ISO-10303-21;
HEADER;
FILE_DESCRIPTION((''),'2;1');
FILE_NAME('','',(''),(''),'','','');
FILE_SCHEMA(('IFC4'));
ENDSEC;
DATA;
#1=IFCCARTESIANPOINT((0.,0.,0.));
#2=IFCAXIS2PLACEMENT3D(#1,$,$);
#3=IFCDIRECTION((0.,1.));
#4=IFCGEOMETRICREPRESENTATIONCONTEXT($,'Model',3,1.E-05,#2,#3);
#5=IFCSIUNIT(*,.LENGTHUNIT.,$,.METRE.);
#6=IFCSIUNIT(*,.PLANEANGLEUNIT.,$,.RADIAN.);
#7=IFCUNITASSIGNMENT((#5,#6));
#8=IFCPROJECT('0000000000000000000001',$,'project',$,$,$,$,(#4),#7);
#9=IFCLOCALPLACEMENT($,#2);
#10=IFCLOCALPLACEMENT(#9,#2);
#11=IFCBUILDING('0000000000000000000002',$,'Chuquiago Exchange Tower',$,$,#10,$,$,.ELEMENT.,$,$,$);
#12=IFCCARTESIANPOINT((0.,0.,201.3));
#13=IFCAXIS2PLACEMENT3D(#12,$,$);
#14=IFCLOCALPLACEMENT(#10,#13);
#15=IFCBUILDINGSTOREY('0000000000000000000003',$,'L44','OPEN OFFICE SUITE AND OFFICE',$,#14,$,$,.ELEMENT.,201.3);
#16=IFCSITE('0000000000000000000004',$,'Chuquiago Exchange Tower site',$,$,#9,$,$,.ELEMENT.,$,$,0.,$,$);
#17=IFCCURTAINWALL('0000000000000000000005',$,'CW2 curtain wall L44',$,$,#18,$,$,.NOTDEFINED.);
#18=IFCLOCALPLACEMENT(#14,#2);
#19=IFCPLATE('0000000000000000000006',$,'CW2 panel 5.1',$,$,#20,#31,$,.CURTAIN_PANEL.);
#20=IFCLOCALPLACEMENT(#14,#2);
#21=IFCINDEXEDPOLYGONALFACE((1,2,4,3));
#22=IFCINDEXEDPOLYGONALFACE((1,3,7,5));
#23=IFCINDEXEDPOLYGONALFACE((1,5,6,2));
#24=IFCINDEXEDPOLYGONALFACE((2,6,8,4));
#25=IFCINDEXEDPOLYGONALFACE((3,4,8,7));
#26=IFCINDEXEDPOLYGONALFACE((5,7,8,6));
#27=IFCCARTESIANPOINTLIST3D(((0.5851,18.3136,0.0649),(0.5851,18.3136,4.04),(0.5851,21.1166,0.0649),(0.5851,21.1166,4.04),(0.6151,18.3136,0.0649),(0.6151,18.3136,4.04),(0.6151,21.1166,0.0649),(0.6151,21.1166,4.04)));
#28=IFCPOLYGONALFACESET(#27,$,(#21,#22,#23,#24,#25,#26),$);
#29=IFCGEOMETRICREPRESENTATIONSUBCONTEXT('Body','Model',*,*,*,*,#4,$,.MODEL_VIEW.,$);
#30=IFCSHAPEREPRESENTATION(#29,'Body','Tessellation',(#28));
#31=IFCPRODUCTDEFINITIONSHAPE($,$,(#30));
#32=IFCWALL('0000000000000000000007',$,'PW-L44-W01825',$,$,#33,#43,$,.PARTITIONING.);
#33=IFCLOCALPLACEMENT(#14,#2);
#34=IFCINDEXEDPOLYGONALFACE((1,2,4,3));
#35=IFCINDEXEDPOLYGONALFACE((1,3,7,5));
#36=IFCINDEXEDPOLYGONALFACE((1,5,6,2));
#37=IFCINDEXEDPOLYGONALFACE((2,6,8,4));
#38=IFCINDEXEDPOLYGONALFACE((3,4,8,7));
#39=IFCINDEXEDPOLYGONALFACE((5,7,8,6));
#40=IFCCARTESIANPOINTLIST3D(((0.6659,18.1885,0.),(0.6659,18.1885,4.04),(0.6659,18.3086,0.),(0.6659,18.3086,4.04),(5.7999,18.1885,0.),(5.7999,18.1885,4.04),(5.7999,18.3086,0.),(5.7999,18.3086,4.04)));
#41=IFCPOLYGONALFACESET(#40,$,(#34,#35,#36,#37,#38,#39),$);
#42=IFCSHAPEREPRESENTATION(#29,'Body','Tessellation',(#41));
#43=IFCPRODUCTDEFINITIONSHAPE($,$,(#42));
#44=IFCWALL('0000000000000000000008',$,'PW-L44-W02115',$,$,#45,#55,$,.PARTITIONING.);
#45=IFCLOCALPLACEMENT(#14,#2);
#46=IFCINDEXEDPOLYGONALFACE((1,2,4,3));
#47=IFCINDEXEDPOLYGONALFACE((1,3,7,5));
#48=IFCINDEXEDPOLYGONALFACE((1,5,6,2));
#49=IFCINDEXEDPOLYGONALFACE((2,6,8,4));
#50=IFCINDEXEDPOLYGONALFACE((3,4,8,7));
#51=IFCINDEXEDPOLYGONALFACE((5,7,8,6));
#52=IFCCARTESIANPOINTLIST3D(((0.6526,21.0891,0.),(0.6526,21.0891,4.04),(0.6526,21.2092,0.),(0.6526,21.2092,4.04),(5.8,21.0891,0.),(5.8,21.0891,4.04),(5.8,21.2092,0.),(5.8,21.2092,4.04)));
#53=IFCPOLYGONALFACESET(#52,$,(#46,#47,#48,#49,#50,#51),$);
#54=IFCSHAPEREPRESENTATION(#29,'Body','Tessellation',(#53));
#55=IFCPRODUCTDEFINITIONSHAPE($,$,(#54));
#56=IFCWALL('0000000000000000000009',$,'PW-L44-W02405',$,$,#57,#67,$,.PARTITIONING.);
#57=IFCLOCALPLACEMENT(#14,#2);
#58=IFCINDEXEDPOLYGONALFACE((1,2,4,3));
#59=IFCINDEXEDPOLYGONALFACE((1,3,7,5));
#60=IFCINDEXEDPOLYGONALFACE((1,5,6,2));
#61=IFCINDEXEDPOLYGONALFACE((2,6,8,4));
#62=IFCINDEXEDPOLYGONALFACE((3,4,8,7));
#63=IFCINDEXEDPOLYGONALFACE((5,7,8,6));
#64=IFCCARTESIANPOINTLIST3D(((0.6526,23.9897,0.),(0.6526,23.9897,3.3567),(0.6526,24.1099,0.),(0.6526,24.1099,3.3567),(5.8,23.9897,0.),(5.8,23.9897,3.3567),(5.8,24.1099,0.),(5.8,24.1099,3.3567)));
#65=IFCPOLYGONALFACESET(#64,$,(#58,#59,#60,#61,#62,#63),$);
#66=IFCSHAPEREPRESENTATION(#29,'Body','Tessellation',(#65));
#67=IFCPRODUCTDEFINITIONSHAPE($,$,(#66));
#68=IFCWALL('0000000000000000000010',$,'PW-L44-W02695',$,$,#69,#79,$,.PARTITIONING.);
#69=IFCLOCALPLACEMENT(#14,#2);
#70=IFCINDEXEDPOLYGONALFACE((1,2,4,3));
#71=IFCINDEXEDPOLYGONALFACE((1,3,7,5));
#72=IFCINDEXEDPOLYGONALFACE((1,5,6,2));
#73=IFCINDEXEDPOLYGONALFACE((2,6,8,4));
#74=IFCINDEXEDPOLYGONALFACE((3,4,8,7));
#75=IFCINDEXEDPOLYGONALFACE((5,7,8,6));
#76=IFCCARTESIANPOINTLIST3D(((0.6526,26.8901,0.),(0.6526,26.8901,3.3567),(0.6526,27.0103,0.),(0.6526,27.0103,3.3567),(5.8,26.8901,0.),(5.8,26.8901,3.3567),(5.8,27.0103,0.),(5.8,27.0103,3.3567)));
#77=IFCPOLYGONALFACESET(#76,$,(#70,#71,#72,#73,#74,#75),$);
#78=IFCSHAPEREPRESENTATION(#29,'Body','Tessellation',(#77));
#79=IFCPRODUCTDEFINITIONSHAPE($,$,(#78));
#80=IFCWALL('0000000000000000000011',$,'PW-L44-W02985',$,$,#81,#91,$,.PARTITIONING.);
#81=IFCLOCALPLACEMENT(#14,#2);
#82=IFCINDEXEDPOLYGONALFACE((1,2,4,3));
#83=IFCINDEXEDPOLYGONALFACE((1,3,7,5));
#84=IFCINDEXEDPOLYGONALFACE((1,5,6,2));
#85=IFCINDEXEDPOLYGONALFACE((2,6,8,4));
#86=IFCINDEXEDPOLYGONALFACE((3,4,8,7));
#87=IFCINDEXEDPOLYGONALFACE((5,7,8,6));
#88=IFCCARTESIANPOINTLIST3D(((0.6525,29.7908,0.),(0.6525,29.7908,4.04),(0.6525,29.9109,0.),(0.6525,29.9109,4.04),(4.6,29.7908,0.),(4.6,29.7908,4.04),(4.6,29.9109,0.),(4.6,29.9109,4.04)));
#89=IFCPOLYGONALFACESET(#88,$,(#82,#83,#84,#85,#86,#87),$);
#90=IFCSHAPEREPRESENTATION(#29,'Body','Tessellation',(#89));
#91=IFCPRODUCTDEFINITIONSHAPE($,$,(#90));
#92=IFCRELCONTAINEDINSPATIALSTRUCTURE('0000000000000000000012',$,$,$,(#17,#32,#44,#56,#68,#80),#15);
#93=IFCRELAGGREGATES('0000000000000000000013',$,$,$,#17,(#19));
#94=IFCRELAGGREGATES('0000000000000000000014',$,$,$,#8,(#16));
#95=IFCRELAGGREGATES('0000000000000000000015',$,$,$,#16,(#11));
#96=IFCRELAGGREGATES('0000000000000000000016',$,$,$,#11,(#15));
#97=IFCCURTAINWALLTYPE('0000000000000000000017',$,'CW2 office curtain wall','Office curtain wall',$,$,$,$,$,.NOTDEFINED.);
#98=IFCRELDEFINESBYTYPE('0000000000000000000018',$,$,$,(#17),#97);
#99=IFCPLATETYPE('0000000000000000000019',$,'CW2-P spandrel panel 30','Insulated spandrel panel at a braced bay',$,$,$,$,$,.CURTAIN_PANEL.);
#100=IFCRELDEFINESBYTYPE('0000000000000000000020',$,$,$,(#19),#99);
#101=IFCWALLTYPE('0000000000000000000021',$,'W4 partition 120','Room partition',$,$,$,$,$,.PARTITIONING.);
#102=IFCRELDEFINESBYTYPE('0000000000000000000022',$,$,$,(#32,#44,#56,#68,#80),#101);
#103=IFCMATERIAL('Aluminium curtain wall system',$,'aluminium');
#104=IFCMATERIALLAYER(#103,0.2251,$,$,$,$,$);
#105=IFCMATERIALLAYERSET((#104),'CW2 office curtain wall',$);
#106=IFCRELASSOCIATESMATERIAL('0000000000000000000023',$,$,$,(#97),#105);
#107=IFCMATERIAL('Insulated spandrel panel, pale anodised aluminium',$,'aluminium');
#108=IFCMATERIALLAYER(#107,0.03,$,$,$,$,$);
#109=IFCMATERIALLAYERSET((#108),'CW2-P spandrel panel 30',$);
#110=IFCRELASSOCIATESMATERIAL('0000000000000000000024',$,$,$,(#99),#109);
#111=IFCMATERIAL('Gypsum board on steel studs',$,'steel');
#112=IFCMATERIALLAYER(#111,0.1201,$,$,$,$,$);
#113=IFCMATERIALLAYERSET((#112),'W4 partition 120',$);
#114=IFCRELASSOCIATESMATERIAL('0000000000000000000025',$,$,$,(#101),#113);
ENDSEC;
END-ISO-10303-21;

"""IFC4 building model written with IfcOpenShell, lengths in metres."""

from ifc_helpers import new_model, si_unit, direction, frame, frame_2d, origin, origin_2d, place, context, subcontext, project, spatial, rectangle, extrude, material, layer, layer_set, type_object, element, aggregate, save


model = new_model("IFC4")

# Units and contexts
model_context = context("Model", 3, precision=1e-05, world=origin(), true_north=direction((0.0, 1.0)))
body_context = subcontext(model_context, "Body", "Model", "MODEL_VIEW")
ifc_project = project(units=[si_unit("LENGTHUNIT", "METRE"), si_unit("PLANEANGLEUNIT", "RADIAN")], contexts=[model_context])

# Site, building, storey
site_placement = place(None, origin())
site = spatial("IfcSite", under=ifc_project, at=site_placement, Name="Chuquiago Exchange Tower site", CompositionType="ELEMENT", RefElevation=0.0)
building_placement = place(site_placement, origin())
building = spatial("IfcBuilding", under=site, at=building_placement, Name="Chuquiago Exchange Tower", CompositionType="ELEMENT")
storey_placement = place(building_placement, frame((0.0, 0.0, 201.3)))
storey = spatial("IfcBuildingStorey", under=building, at=storey_placement, Name="L44", Description="OPEN OFFICE SUITE AND OFFICE", CompositionType="ELEMENT", Elevation=201.3)

# Curtain wall
ifc_material_1 = material(Name="Aluminium curtain wall system", Category="aluminium")
ifc_layer_1 = layer(ifc_material_1, 0.2251)
ifc_layer_set_1 = layer_set([ifc_layer_1], Name="CW2 office curtain wall")
curtain_wall_type = type_object("IfcCurtainWallType", Name="CW2 office curtain wall", Description="Office curtain wall", PredefinedType="NOTDEFINED", material=ifc_layer_set_1)
curtain_wall_placement = place(storey_placement, origin())
curtain_wall = element("IfcCurtainWall", 1, at=curtain_wall_placement, inside=storey, type_object=curtain_wall_type, Name="CW2 curtain wall L44", PredefinedType="NOTDEFINED")

# Plate
ifc_material_2 = material(Name="Insulated spandrel panel, pale anodised aluminium", Category="aluminium")
ifc_layer_2 = layer(ifc_material_2, 0.03)
ifc_layer_set_2 = layer_set([ifc_layer_2], Name="CW2-P spandrel panel 30")
plate_type_1 = type_object("IfcPlateType", Name="CW2-P spandrel panel 30", Description="Insulated spandrel panel at a braced bay", PredefinedType="CURTAIN_PANEL", material=ifc_layer_set_2)
plate_1_placement = place(storey_placement, frame((0.6001, 19.7151, 0.0649), z_axis=(0.0, 0.0, 1.0), x_axis=(0.0, -1.0, 0.0)))
plate_1 = element("IfcPlate", 2, at=plate_1_placement, type_object=plate_type_1, Name="CW2 panel 5.1", PredefinedType="CURTAIN_PANEL", context=body_context, shape_type="SweptSolid", body=[
    extrude(rectangle(XDim=2.803, YDim=0.03, at=origin_2d()), origin(), (0.0, 0.0, 1.0), 3.9751),
])
aggregate(curtain_wall, [plate_1])

# Walls
ifc_material_3 = material(Name="Gypsum board on steel studs", Category="steel")
ifc_layer_3 = layer(ifc_material_3, 0.1201)
ifc_layer_set_3 = layer_set([ifc_layer_3], Name="W4 partition 120")
wall_type = type_object("IfcWallType", Name="W4 partition 120", Description="Room partition", PredefinedType="PARTITIONING", material=ifc_layer_set_3)
wall_1_placement = place(storey_placement, frame((0.666, 18.2485, 0.0), z_axis=(0.0, 0.0, 1.0), x_axis=(1.0, 0.0, 0.0)))
element("IfcWall", 3, at=wall_1_placement, inside=storey, type_object=wall_type, Name="PW-L44-W01825", PredefinedType="PARTITIONING", context=body_context, shape_type="SweptSolid", body=[
    extrude(rectangle(XDim=5.134, YDim=0.1201, at=frame_2d((2.5669, 0.0))), origin(), (0.0, 0.0, 1.0), 4.04),
])
wall_2_placement = place(storey_placement, frame((0.6526, 21.1492, 0.0), z_axis=(0.0, 0.0, 1.0), x_axis=(1.0, 0.0, 0.0)))
element("IfcWall", 4, at=wall_2_placement, inside=storey, type_object=wall_type, Name="PW-L44-W02115", PredefinedType="PARTITIONING", context=body_context, shape_type="SweptSolid", body=[
    extrude(rectangle(XDim=5.1475, YDim=0.1201, at=frame_2d((2.5737, 0.0))), origin(), (0.0, 0.0, 1.0), 4.04),
])
for number, where, z_axis, x_axis, name in (
    (5, (0.6526, 24.0498, 0.0), (0.0, 0.0, 1.0), (1.0, 0.0, 0.0), "PW-L44-W02405"),
    (6, (0.6526, 26.9502, 0.0), (0.0, 0.0, 1.0), (1.0, 0.0, 0.0), "PW-L44-W02695"),
):
    element("IfcWall", number, at=place(storey_placement, frame(where, z_axis=z_axis, x_axis=x_axis)), inside=storey, type_object=wall_type, Name=name, PredefinedType="PARTITIONING", context=body_context, shape_type="SweptSolid", body=[
        extrude(rectangle(XDim=5.1475, YDim=0.1201, at=frame_2d((2.5737, 0.0))), origin(), (0.0, 0.0, 1.0), 3.3567),
    ])
wall_3_placement = place(storey_placement, frame((0.6526, 29.8508, 0.0), z_axis=(0.0, 0.0, 1.0), x_axis=(1.0, 0.0, 0.0)))
element("IfcWall", 7, at=wall_3_placement, inside=storey, type_object=wall_type, Name="PW-L44-W02985", PredefinedType="PARTITIONING", context=body_context, shape_type="SweptSolid", body=[
    extrude(rectangle(XDim=3.9475, YDim=0.1201, at=frame_2d((1.9736, 0.0))), origin(), (0.0, 0.0, 1.0), 4.04),
])

save(model, "model.ifc")
